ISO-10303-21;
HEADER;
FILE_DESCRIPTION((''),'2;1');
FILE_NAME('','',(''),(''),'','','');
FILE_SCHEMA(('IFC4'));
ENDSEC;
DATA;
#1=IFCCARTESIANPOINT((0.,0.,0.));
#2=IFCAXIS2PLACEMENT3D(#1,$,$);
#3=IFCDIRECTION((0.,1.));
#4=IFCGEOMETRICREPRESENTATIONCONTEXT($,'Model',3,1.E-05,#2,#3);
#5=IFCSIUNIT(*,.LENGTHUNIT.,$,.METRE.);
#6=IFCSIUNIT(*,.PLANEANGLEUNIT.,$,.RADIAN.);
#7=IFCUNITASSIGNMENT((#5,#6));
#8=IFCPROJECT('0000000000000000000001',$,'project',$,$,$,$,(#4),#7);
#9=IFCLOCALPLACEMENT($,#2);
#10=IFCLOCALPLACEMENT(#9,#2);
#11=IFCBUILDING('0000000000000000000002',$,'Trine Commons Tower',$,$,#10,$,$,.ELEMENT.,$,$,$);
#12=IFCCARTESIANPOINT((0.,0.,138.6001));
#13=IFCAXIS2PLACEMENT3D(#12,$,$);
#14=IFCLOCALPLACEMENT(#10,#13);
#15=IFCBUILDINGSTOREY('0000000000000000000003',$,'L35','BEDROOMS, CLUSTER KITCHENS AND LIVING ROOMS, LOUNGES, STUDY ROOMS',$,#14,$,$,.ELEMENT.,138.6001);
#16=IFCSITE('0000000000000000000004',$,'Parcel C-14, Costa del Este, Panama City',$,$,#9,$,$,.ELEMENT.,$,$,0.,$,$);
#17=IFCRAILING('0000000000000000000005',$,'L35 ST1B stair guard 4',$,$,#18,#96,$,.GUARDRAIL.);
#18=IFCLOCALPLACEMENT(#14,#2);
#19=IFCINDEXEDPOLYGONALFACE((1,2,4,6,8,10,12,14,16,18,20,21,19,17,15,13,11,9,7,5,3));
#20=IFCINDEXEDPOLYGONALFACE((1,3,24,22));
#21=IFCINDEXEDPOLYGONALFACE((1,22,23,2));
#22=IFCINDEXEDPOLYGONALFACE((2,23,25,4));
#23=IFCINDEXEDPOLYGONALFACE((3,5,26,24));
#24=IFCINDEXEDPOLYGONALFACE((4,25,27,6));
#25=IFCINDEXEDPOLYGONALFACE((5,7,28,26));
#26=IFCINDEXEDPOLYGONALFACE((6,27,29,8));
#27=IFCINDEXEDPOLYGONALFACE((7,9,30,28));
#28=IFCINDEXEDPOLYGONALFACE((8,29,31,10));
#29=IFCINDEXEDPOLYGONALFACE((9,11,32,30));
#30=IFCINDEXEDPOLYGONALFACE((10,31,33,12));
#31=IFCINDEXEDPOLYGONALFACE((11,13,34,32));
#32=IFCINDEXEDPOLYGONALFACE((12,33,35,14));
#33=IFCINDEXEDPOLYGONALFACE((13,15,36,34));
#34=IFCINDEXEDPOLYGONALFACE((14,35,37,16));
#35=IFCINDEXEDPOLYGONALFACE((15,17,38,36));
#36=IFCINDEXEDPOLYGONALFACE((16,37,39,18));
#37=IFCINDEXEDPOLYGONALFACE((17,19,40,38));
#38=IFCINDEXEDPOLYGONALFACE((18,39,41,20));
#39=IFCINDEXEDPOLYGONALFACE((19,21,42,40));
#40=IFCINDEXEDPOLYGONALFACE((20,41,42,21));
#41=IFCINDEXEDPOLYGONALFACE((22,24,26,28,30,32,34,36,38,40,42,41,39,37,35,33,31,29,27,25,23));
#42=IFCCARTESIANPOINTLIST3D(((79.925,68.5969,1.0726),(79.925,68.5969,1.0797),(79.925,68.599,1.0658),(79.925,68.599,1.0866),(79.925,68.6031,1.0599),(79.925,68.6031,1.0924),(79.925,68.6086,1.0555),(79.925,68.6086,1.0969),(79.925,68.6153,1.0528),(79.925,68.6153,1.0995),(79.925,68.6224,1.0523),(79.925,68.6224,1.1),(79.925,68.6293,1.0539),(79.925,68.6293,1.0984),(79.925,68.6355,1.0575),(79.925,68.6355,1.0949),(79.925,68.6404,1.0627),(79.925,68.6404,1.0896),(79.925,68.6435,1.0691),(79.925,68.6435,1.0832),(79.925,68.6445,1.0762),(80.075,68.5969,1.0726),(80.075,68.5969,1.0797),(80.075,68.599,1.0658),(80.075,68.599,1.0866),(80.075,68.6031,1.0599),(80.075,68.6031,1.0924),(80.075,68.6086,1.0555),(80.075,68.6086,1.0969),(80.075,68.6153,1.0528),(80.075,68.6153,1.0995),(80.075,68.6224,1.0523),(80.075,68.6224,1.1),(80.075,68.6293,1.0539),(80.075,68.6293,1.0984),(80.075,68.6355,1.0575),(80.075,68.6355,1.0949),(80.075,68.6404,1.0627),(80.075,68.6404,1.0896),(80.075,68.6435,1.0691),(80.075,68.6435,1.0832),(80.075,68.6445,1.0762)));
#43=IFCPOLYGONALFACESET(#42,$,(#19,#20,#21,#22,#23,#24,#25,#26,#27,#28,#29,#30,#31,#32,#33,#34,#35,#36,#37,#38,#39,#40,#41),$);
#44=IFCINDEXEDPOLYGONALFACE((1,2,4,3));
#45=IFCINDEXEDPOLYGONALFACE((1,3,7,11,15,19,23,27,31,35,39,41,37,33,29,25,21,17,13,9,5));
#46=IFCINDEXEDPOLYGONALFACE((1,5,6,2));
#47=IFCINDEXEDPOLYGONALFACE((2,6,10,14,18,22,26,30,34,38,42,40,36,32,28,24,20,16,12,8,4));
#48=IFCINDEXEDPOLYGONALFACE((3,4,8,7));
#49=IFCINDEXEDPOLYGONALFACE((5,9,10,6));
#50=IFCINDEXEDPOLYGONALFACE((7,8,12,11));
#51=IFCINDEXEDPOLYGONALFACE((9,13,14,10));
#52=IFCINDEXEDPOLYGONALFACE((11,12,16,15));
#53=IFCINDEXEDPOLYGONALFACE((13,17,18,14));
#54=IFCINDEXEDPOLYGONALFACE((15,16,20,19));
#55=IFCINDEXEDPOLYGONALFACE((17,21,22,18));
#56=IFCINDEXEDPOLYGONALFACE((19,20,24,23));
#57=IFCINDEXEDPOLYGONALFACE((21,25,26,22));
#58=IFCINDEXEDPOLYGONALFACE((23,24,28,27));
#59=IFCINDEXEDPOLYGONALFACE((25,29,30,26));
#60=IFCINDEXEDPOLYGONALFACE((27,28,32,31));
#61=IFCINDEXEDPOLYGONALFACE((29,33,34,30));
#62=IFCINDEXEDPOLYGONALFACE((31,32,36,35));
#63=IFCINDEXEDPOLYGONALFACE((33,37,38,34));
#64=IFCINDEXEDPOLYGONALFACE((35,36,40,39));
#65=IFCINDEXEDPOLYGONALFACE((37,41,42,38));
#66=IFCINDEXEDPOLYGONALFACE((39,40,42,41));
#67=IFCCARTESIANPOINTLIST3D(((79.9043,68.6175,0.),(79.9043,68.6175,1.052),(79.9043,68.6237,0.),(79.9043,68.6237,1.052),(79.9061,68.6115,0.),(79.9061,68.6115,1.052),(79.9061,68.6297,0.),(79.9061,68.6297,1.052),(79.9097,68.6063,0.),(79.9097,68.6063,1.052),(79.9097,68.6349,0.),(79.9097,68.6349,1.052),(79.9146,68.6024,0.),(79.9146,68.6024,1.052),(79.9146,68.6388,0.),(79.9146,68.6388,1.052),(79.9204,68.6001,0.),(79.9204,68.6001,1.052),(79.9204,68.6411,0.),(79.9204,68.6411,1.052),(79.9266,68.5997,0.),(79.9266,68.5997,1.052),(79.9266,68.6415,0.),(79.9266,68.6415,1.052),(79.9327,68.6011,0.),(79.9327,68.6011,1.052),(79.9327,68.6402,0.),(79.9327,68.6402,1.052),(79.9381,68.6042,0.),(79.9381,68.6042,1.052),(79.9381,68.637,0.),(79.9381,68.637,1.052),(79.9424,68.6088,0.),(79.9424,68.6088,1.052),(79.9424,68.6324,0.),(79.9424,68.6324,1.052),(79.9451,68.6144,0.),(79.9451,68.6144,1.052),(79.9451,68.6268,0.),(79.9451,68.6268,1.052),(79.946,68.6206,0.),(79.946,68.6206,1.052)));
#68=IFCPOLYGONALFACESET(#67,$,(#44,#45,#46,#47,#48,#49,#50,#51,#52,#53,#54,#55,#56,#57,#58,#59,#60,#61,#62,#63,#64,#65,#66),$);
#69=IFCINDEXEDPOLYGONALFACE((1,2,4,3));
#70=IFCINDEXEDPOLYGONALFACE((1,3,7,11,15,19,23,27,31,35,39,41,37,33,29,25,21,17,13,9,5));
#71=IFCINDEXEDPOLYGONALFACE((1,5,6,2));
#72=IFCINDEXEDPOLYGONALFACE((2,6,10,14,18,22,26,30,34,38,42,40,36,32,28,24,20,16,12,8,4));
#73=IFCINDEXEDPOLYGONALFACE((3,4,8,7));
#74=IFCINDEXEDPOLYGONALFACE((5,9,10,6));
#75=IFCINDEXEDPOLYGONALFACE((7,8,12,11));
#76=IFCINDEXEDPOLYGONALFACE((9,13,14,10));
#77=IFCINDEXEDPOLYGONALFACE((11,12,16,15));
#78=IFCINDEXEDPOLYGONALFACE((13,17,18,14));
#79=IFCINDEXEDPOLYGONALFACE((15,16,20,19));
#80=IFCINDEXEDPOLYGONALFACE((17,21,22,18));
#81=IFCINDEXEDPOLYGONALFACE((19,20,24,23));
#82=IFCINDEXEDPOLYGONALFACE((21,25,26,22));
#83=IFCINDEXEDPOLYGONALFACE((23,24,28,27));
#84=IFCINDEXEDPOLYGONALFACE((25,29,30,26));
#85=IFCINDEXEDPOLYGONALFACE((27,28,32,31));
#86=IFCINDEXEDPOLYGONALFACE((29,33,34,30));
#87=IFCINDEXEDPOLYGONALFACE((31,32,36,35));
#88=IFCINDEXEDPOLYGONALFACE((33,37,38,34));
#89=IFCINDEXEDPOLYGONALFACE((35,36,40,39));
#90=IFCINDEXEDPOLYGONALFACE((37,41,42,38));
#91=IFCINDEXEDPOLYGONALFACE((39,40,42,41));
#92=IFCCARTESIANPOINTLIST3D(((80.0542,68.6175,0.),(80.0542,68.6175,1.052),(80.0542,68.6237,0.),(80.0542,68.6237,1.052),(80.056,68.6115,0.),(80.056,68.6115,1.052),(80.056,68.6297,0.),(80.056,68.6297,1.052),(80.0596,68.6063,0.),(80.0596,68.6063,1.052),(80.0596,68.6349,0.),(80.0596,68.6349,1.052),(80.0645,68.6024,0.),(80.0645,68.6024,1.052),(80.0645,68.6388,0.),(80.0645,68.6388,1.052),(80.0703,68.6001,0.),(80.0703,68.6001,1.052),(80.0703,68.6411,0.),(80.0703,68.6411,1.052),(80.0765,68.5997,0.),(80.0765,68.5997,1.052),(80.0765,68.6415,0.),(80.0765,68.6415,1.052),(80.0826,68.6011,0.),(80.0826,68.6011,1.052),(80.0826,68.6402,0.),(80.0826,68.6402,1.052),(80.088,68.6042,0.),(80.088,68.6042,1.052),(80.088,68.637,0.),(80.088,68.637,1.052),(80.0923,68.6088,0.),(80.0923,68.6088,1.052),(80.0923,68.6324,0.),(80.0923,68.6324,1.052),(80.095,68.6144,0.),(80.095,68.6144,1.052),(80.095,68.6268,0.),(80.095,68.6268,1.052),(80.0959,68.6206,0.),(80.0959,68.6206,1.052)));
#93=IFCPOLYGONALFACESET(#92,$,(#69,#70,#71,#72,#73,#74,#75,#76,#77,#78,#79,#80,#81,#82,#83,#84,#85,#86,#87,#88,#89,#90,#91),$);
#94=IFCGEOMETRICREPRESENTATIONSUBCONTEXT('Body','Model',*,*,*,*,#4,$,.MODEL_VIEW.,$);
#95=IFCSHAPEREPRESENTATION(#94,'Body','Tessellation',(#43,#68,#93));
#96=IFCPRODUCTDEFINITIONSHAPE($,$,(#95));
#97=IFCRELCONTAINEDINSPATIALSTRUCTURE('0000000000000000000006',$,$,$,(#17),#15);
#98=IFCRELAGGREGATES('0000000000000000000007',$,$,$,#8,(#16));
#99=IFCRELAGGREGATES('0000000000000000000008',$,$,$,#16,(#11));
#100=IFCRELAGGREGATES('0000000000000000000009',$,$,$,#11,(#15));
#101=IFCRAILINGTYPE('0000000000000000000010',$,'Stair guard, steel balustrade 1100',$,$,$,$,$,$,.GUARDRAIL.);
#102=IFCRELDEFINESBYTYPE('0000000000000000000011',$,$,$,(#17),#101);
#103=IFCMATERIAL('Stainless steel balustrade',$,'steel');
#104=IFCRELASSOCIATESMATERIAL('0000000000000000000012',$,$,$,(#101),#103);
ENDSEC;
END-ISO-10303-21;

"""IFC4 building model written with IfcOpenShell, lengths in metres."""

from ifc_helpers import new_model, si_unit, direction, frame, origin, origin_2d, place, context, subcontext, project, spatial, circle, extrude, material, type_object, element, save


model = new_model("IFC4")

# Units and contexts
model_context = context("Model", 3, precision=1e-05, world=origin(), true_north=direction((0.0, 1.0)))
body_context = subcontext(model_context, "Body", "Model", "MODEL_VIEW")
ifc_project = project(units=[si_unit("LENGTHUNIT", "METRE"), si_unit("PLANEANGLEUNIT", "RADIAN")], contexts=[model_context])

# Site, building, storey
site_placement = place(None, origin())
site = spatial("IfcSite", under=ifc_project, at=site_placement, Name="Parcel C-14, Costa del Este, Panama City", CompositionType="ELEMENT", RefElevation=0.0)
building_placement = place(site_placement, origin())
building = spatial("IfcBuilding", under=site, at=building_placement, Name="Trine Commons Tower", CompositionType="ELEMENT")
storey_placement = place(building_placement, frame((0.0, 0.0, 138.6001)))
storey = spatial("IfcBuildingStorey", under=building, at=storey_placement, Name="L35", Description="BEDROOMS, CLUSTER KITCHENS AND LIVING ROOMS, LOUNGES, STUDY ROOMS", CompositionType="ELEMENT", Elevation=138.6001)

# Railing
ifc_material_1 = material(Name="Stainless steel balustrade", Category="steel")
railing_type_1 = type_object("IfcRailingType", Name="Stair guard, steel balustrade 1100", PredefinedType="GUARDRAIL", material=ifc_material_1)
railing_1_placement = place(storey_placement, frame((79.925, 68.6206, 0.0)))
element("IfcRailing", 1, at=railing_1_placement, inside=storey, type_object=railing_type_1, Name="L35 ST1B stair guard 4", PredefinedType="GUARDRAIL", context=body_context, shape_type="SweptSolid", body=[
    extrude(circle(Radius=0.0239, at=origin_2d()), frame((0.0, 0.0, 1.0762), z_axis=(1.0, 0.0, 0.0), x_axis=(0.0, 1.0, 0.0)), (0.0, 0.0, 1.0), 0.1499),
    extrude(circle(Radius=0.021, at=origin_2d()), origin(), (0.0, 0.0, 1.0), 1.052),
    extrude(circle(Radius=0.021, at=origin_2d()), frame((0.1499, 0.0, 0.0)), (0.0, 0.0, 1.0), 1.052),
])

save(model, "model.ifc")
